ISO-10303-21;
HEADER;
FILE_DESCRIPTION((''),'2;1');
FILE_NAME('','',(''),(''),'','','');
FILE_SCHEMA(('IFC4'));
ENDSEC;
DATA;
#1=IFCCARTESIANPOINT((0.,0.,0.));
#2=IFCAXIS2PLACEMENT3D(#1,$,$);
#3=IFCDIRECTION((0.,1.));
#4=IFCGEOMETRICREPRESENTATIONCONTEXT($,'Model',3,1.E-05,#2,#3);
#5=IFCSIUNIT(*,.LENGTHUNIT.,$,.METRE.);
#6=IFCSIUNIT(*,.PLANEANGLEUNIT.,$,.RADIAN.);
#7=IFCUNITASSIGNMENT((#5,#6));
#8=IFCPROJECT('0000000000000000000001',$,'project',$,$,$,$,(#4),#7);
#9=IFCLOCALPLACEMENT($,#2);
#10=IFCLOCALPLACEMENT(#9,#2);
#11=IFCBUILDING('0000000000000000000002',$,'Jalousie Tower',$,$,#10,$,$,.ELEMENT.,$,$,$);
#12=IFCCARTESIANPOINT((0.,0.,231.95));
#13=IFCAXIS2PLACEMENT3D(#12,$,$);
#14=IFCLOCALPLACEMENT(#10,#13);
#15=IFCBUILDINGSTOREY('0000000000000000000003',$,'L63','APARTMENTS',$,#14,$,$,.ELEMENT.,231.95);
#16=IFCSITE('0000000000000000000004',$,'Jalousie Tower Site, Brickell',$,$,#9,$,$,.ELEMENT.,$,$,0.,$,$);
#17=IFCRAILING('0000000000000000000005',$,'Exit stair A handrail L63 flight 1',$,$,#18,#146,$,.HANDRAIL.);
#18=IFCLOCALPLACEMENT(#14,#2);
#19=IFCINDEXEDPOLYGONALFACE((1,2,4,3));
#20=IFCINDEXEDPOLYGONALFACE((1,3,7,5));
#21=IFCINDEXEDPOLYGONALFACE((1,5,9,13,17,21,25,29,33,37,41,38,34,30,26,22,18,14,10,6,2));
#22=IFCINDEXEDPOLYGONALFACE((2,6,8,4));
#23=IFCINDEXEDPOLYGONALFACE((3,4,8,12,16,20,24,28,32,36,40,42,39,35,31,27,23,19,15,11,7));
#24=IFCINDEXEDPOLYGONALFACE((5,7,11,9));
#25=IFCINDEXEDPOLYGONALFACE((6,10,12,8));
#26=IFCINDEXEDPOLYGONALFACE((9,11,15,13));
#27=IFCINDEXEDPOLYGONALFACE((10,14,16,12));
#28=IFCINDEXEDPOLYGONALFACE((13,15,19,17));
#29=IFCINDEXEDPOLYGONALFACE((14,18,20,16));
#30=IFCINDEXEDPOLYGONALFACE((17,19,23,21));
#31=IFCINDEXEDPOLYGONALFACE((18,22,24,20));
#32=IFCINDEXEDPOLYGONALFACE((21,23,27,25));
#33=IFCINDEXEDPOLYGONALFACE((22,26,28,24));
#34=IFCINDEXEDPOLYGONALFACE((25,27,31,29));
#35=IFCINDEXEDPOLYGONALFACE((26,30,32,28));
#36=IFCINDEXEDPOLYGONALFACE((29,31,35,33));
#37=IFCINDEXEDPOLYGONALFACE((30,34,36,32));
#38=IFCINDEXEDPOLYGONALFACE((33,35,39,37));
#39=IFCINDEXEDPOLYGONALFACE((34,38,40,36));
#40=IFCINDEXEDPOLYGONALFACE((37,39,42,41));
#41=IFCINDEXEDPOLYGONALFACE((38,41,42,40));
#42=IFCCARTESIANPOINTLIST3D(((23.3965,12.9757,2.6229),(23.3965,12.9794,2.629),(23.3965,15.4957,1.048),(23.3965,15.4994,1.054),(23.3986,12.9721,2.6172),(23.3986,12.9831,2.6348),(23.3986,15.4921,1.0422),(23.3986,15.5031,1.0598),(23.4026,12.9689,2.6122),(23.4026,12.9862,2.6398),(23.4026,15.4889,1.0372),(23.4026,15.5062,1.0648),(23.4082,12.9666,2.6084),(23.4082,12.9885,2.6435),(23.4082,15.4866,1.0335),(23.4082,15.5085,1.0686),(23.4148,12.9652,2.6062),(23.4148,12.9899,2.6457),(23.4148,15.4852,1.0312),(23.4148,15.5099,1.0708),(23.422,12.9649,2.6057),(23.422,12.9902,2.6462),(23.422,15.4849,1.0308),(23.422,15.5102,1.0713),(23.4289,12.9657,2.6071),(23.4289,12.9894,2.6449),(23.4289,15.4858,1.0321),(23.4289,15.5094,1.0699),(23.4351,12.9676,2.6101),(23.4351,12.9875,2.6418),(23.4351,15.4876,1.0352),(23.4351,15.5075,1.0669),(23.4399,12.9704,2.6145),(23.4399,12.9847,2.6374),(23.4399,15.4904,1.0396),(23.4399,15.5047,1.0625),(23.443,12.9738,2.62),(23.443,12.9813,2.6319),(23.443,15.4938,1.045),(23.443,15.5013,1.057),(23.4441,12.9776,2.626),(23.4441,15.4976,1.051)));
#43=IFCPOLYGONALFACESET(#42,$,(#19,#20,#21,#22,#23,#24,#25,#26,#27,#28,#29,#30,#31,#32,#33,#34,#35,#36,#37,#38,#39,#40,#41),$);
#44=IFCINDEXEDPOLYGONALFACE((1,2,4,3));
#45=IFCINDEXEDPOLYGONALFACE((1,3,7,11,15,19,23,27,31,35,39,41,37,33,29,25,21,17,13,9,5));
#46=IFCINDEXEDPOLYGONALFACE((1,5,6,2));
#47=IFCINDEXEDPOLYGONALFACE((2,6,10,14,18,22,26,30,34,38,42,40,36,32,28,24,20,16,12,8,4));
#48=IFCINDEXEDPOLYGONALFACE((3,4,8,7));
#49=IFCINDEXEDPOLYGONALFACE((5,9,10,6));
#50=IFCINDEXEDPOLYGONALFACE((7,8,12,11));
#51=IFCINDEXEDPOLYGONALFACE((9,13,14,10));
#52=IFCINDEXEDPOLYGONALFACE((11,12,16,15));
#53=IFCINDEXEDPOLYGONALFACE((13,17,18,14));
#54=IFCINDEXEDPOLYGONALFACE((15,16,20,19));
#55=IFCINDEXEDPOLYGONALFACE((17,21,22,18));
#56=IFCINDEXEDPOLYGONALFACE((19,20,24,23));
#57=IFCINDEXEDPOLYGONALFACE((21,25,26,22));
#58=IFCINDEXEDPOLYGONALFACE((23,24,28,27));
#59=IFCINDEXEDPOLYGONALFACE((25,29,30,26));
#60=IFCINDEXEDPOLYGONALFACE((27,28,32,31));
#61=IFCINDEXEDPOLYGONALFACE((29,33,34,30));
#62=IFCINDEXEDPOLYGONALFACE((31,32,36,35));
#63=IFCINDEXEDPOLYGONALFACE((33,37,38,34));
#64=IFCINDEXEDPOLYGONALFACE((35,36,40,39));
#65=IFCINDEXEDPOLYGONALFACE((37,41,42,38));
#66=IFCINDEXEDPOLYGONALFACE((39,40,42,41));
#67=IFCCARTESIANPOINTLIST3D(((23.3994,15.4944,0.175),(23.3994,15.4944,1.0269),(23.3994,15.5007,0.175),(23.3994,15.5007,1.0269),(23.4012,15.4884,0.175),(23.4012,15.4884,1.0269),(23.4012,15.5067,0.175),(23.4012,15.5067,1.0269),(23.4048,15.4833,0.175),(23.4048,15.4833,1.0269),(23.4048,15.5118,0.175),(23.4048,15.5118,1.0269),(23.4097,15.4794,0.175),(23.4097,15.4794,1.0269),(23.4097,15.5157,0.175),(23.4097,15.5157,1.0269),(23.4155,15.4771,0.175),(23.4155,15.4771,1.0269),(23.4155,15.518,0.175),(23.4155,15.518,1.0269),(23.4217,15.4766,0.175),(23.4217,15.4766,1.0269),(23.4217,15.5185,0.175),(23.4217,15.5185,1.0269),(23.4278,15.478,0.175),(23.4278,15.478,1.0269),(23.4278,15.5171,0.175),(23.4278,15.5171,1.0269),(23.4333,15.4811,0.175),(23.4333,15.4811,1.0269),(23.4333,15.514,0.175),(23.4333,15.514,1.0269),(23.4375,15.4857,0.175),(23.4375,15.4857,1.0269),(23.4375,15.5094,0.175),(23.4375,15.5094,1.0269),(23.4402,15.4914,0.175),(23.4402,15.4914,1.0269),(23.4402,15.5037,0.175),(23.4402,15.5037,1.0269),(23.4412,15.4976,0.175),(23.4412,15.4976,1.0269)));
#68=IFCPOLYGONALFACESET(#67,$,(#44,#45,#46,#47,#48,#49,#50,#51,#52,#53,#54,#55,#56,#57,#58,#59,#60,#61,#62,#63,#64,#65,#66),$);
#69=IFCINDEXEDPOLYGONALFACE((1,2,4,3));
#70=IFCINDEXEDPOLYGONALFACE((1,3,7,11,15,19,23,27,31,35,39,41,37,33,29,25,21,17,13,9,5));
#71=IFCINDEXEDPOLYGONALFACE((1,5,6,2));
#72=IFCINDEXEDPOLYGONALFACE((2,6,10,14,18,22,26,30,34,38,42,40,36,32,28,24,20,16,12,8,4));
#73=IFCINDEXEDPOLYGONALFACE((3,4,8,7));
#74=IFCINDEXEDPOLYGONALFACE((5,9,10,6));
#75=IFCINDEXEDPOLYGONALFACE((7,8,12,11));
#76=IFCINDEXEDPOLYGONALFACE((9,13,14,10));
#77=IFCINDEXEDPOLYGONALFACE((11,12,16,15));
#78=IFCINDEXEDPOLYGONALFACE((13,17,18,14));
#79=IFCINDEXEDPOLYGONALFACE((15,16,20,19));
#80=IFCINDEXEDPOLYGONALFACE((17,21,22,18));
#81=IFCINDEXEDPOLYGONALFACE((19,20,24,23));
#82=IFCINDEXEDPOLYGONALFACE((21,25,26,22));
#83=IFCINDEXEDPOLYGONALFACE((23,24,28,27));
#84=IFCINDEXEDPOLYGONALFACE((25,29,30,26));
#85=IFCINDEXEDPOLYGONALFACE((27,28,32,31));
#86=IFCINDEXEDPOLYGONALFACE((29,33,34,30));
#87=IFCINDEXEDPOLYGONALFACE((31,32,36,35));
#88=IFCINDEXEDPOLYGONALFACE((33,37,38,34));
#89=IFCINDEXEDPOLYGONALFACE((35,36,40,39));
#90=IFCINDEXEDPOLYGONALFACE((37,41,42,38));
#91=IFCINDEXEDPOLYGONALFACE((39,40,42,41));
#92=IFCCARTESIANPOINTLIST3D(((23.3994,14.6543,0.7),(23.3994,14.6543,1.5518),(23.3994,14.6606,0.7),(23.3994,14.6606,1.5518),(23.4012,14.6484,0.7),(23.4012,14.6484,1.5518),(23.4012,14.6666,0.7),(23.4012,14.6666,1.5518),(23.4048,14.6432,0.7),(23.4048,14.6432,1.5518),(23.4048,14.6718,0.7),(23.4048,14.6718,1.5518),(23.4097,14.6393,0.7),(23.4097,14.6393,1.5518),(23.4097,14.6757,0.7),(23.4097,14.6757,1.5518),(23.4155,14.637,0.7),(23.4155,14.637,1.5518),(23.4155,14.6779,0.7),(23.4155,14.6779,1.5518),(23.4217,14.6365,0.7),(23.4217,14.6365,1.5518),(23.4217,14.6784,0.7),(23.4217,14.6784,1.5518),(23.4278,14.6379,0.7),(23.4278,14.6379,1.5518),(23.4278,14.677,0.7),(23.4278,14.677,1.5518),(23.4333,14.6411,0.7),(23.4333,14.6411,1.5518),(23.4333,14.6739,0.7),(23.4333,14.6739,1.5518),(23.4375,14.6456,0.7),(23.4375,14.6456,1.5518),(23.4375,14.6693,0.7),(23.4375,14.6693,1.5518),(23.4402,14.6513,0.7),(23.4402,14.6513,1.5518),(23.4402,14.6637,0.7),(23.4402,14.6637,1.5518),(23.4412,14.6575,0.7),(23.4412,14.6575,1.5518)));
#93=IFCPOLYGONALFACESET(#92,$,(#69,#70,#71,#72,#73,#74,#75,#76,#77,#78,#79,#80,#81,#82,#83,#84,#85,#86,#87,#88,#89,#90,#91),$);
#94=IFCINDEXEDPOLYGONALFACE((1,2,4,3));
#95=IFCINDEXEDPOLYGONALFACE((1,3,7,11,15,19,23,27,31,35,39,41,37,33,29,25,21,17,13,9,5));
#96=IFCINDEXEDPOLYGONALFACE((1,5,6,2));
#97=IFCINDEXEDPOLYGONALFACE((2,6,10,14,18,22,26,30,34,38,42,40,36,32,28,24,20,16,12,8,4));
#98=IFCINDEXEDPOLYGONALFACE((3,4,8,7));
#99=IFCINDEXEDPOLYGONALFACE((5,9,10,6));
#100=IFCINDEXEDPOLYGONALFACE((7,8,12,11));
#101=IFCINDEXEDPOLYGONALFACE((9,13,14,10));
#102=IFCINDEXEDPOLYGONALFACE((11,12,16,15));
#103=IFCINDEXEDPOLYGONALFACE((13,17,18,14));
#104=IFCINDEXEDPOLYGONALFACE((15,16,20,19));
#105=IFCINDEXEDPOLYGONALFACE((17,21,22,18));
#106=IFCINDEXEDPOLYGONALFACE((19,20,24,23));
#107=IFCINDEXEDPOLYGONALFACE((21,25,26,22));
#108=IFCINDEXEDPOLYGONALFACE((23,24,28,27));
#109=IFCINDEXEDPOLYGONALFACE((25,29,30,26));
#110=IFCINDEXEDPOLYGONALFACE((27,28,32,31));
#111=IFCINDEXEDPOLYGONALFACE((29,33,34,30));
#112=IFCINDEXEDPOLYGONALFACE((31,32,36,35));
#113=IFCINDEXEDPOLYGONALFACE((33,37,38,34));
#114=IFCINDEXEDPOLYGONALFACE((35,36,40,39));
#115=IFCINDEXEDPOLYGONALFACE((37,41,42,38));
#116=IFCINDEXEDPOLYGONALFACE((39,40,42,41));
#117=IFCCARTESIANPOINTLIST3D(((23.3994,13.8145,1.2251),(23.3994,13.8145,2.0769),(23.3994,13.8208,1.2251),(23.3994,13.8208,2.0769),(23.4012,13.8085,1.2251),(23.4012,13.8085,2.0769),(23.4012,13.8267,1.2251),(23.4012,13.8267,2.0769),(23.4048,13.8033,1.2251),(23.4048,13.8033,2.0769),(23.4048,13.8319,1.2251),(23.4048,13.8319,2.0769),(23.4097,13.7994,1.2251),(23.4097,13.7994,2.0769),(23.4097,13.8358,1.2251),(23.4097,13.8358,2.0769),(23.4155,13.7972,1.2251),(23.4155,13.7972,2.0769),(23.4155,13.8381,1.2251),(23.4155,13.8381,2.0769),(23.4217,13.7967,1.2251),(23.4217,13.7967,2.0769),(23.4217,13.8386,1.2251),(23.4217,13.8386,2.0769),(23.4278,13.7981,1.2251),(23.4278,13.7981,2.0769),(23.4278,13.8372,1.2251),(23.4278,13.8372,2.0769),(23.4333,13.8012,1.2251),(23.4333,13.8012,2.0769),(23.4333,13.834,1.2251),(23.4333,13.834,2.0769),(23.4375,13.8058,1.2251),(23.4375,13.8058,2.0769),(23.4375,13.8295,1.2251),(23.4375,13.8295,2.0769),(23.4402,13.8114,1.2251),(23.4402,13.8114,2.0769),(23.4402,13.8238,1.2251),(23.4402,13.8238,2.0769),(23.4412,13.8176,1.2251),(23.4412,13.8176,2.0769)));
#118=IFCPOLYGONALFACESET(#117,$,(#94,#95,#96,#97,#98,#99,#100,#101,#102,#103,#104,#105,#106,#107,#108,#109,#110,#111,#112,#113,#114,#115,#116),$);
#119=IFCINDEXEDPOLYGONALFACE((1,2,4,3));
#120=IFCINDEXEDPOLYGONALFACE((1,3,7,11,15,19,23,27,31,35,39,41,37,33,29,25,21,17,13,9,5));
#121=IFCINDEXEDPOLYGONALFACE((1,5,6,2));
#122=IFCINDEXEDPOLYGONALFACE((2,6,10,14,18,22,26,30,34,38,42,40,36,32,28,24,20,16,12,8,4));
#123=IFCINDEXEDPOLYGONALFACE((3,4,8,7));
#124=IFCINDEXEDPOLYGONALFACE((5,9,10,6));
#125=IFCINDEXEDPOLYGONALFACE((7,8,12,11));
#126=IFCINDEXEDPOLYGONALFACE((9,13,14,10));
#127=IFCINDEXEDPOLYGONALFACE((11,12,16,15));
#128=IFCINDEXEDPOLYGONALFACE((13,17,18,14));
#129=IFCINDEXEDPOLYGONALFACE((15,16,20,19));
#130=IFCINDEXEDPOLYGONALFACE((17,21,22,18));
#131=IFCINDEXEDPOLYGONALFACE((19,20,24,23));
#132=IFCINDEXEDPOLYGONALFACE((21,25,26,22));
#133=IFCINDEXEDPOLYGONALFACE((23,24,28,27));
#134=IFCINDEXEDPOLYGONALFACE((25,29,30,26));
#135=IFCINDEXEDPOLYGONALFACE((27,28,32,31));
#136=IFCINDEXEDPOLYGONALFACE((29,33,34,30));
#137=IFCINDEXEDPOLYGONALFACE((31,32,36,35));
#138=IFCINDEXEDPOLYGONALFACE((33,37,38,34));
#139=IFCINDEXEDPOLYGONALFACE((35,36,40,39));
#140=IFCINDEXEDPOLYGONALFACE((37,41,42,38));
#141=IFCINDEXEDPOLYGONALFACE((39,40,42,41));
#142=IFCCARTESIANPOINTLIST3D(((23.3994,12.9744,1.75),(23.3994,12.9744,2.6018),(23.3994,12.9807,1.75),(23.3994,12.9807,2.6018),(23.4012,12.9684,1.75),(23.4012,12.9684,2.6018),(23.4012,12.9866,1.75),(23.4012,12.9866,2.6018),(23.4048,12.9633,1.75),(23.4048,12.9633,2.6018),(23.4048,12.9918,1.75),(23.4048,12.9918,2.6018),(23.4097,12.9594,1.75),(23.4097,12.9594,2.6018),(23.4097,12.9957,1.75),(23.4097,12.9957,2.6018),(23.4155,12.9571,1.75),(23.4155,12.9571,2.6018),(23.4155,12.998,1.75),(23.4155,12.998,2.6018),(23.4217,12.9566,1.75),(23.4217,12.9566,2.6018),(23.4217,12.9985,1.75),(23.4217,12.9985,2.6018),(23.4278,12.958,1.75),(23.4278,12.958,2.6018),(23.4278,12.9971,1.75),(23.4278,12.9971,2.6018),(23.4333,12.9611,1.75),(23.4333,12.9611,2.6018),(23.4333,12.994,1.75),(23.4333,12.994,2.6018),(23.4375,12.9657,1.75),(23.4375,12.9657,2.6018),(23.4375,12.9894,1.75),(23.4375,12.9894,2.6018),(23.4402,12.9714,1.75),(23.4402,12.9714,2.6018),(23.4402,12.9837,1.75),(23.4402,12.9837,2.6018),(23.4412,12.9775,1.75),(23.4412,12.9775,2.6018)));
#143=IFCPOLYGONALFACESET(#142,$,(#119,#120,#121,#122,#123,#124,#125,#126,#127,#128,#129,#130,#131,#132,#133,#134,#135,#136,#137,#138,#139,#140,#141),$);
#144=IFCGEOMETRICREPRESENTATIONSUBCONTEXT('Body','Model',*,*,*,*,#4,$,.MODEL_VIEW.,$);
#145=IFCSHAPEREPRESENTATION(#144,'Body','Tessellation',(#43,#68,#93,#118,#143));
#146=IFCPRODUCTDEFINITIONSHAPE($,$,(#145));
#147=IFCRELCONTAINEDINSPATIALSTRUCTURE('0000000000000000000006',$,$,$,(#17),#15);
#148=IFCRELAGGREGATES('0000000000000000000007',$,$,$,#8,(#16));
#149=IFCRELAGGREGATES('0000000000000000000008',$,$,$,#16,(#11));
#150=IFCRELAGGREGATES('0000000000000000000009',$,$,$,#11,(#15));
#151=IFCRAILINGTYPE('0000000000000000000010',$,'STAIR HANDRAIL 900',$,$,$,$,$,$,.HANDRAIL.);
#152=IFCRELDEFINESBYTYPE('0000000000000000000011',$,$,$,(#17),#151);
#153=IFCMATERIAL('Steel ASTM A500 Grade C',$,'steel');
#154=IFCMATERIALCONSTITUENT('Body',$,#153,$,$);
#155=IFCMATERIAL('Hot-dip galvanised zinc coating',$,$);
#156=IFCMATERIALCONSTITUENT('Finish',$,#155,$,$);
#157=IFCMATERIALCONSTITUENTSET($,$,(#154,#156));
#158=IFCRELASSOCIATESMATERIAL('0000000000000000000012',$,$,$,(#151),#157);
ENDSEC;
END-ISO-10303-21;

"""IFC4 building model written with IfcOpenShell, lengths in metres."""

from ifc_helpers import new_model, si_unit, direction, frame, origin, origin_2d, place, context, subcontext, project, spatial, circle, extrude, material, constituent, constituent_set, type_object, element, save


model = new_model("IFC4")

# Units and contexts
model_context = context("Model", 3, precision=1e-05, world=origin(), true_north=direction((0.0, 1.0)))
body_context = subcontext(model_context, "Body", "Model", "MODEL_VIEW")
ifc_project = project(units=[si_unit("LENGTHUNIT", "METRE"), si_unit("PLANEANGLEUNIT", "RADIAN")], contexts=[model_context])

# Site, building, storey
site_placement = place(None, origin())
site = spatial("IfcSite", under=ifc_project, at=site_placement, Name="Jalousie Tower Site, Brickell", CompositionType="ELEMENT", RefElevation=0.0)
building_placement = place(site_placement, origin())
building = spatial("IfcBuilding", under=site, at=building_placement, Name="Jalousie Tower", CompositionType="ELEMENT")
storey_placement = place(building_placement, frame((0.0, 0.0, 231.95)))
storey = spatial("IfcBuildingStorey", under=building, at=storey_placement, Name="L63", Description="APARTMENTS", CompositionType="ELEMENT", Elevation=231.95)

# Railing
ifc_material_1 = material(Name="Steel ASTM A500 Grade C", Category="steel")
ifc_constituent_1 = constituent(ifc_material_1, Name="Body")
ifc_material_2 = material(Name="Hot-dip galvanised zinc coating")
ifc_constituent_2 = constituent(ifc_material_2, Name="Finish")
ifc_constituent_set_1 = constituent_set(constituents=[ifc_constituent_1, ifc_constituent_2])
railing_type_1 = type_object("IfcRailingType", Name="STAIR HANDRAIL 900", PredefinedType="HANDRAIL", material=ifc_constituent_set_1)
railing_1_placement = place(storey_placement, frame((23.4202, 15.4976, 0.175)))
element("IfcRailing", 1, at=railing_1_placement, inside=storey, type_object=railing_type_1, Name="Exit stair A handrail L63 flight 1", PredefinedType="HANDRAIL", context=body_context, shape_type="SweptSolid", body=[
    extrude(circle(Radius=0.0239, at=origin_2d()), frame((0.0, 0.0, 0.876), z_axis=(0.0, -0.848008, 0.529984), x_axis=(1.0, 0.0, 0.0)), (0.0, 0.0, 1.0), 2.9717),
    extrude(circle(Radius=0.021, at=origin_2d()), origin(), (0.0, 0.0, 1.0), 0.8518),
    extrude(circle(Radius=0.021, at=origin_2d()), frame((0.0, -0.8401, 0.5249)), (0.0, 0.0, 1.0), 0.8518),
    extrude(circle(Radius=0.021, at=origin_2d()), frame((0.0, -1.6799, 1.05)), (0.0, 0.0, 1.0), 0.8518),
    extrude(circle(Radius=0.021, at=origin_2d()), frame((0.0, -2.52, 1.575)), (0.0, 0.0, 1.0), 0.8518),
])

save(model, "model.ifc")
